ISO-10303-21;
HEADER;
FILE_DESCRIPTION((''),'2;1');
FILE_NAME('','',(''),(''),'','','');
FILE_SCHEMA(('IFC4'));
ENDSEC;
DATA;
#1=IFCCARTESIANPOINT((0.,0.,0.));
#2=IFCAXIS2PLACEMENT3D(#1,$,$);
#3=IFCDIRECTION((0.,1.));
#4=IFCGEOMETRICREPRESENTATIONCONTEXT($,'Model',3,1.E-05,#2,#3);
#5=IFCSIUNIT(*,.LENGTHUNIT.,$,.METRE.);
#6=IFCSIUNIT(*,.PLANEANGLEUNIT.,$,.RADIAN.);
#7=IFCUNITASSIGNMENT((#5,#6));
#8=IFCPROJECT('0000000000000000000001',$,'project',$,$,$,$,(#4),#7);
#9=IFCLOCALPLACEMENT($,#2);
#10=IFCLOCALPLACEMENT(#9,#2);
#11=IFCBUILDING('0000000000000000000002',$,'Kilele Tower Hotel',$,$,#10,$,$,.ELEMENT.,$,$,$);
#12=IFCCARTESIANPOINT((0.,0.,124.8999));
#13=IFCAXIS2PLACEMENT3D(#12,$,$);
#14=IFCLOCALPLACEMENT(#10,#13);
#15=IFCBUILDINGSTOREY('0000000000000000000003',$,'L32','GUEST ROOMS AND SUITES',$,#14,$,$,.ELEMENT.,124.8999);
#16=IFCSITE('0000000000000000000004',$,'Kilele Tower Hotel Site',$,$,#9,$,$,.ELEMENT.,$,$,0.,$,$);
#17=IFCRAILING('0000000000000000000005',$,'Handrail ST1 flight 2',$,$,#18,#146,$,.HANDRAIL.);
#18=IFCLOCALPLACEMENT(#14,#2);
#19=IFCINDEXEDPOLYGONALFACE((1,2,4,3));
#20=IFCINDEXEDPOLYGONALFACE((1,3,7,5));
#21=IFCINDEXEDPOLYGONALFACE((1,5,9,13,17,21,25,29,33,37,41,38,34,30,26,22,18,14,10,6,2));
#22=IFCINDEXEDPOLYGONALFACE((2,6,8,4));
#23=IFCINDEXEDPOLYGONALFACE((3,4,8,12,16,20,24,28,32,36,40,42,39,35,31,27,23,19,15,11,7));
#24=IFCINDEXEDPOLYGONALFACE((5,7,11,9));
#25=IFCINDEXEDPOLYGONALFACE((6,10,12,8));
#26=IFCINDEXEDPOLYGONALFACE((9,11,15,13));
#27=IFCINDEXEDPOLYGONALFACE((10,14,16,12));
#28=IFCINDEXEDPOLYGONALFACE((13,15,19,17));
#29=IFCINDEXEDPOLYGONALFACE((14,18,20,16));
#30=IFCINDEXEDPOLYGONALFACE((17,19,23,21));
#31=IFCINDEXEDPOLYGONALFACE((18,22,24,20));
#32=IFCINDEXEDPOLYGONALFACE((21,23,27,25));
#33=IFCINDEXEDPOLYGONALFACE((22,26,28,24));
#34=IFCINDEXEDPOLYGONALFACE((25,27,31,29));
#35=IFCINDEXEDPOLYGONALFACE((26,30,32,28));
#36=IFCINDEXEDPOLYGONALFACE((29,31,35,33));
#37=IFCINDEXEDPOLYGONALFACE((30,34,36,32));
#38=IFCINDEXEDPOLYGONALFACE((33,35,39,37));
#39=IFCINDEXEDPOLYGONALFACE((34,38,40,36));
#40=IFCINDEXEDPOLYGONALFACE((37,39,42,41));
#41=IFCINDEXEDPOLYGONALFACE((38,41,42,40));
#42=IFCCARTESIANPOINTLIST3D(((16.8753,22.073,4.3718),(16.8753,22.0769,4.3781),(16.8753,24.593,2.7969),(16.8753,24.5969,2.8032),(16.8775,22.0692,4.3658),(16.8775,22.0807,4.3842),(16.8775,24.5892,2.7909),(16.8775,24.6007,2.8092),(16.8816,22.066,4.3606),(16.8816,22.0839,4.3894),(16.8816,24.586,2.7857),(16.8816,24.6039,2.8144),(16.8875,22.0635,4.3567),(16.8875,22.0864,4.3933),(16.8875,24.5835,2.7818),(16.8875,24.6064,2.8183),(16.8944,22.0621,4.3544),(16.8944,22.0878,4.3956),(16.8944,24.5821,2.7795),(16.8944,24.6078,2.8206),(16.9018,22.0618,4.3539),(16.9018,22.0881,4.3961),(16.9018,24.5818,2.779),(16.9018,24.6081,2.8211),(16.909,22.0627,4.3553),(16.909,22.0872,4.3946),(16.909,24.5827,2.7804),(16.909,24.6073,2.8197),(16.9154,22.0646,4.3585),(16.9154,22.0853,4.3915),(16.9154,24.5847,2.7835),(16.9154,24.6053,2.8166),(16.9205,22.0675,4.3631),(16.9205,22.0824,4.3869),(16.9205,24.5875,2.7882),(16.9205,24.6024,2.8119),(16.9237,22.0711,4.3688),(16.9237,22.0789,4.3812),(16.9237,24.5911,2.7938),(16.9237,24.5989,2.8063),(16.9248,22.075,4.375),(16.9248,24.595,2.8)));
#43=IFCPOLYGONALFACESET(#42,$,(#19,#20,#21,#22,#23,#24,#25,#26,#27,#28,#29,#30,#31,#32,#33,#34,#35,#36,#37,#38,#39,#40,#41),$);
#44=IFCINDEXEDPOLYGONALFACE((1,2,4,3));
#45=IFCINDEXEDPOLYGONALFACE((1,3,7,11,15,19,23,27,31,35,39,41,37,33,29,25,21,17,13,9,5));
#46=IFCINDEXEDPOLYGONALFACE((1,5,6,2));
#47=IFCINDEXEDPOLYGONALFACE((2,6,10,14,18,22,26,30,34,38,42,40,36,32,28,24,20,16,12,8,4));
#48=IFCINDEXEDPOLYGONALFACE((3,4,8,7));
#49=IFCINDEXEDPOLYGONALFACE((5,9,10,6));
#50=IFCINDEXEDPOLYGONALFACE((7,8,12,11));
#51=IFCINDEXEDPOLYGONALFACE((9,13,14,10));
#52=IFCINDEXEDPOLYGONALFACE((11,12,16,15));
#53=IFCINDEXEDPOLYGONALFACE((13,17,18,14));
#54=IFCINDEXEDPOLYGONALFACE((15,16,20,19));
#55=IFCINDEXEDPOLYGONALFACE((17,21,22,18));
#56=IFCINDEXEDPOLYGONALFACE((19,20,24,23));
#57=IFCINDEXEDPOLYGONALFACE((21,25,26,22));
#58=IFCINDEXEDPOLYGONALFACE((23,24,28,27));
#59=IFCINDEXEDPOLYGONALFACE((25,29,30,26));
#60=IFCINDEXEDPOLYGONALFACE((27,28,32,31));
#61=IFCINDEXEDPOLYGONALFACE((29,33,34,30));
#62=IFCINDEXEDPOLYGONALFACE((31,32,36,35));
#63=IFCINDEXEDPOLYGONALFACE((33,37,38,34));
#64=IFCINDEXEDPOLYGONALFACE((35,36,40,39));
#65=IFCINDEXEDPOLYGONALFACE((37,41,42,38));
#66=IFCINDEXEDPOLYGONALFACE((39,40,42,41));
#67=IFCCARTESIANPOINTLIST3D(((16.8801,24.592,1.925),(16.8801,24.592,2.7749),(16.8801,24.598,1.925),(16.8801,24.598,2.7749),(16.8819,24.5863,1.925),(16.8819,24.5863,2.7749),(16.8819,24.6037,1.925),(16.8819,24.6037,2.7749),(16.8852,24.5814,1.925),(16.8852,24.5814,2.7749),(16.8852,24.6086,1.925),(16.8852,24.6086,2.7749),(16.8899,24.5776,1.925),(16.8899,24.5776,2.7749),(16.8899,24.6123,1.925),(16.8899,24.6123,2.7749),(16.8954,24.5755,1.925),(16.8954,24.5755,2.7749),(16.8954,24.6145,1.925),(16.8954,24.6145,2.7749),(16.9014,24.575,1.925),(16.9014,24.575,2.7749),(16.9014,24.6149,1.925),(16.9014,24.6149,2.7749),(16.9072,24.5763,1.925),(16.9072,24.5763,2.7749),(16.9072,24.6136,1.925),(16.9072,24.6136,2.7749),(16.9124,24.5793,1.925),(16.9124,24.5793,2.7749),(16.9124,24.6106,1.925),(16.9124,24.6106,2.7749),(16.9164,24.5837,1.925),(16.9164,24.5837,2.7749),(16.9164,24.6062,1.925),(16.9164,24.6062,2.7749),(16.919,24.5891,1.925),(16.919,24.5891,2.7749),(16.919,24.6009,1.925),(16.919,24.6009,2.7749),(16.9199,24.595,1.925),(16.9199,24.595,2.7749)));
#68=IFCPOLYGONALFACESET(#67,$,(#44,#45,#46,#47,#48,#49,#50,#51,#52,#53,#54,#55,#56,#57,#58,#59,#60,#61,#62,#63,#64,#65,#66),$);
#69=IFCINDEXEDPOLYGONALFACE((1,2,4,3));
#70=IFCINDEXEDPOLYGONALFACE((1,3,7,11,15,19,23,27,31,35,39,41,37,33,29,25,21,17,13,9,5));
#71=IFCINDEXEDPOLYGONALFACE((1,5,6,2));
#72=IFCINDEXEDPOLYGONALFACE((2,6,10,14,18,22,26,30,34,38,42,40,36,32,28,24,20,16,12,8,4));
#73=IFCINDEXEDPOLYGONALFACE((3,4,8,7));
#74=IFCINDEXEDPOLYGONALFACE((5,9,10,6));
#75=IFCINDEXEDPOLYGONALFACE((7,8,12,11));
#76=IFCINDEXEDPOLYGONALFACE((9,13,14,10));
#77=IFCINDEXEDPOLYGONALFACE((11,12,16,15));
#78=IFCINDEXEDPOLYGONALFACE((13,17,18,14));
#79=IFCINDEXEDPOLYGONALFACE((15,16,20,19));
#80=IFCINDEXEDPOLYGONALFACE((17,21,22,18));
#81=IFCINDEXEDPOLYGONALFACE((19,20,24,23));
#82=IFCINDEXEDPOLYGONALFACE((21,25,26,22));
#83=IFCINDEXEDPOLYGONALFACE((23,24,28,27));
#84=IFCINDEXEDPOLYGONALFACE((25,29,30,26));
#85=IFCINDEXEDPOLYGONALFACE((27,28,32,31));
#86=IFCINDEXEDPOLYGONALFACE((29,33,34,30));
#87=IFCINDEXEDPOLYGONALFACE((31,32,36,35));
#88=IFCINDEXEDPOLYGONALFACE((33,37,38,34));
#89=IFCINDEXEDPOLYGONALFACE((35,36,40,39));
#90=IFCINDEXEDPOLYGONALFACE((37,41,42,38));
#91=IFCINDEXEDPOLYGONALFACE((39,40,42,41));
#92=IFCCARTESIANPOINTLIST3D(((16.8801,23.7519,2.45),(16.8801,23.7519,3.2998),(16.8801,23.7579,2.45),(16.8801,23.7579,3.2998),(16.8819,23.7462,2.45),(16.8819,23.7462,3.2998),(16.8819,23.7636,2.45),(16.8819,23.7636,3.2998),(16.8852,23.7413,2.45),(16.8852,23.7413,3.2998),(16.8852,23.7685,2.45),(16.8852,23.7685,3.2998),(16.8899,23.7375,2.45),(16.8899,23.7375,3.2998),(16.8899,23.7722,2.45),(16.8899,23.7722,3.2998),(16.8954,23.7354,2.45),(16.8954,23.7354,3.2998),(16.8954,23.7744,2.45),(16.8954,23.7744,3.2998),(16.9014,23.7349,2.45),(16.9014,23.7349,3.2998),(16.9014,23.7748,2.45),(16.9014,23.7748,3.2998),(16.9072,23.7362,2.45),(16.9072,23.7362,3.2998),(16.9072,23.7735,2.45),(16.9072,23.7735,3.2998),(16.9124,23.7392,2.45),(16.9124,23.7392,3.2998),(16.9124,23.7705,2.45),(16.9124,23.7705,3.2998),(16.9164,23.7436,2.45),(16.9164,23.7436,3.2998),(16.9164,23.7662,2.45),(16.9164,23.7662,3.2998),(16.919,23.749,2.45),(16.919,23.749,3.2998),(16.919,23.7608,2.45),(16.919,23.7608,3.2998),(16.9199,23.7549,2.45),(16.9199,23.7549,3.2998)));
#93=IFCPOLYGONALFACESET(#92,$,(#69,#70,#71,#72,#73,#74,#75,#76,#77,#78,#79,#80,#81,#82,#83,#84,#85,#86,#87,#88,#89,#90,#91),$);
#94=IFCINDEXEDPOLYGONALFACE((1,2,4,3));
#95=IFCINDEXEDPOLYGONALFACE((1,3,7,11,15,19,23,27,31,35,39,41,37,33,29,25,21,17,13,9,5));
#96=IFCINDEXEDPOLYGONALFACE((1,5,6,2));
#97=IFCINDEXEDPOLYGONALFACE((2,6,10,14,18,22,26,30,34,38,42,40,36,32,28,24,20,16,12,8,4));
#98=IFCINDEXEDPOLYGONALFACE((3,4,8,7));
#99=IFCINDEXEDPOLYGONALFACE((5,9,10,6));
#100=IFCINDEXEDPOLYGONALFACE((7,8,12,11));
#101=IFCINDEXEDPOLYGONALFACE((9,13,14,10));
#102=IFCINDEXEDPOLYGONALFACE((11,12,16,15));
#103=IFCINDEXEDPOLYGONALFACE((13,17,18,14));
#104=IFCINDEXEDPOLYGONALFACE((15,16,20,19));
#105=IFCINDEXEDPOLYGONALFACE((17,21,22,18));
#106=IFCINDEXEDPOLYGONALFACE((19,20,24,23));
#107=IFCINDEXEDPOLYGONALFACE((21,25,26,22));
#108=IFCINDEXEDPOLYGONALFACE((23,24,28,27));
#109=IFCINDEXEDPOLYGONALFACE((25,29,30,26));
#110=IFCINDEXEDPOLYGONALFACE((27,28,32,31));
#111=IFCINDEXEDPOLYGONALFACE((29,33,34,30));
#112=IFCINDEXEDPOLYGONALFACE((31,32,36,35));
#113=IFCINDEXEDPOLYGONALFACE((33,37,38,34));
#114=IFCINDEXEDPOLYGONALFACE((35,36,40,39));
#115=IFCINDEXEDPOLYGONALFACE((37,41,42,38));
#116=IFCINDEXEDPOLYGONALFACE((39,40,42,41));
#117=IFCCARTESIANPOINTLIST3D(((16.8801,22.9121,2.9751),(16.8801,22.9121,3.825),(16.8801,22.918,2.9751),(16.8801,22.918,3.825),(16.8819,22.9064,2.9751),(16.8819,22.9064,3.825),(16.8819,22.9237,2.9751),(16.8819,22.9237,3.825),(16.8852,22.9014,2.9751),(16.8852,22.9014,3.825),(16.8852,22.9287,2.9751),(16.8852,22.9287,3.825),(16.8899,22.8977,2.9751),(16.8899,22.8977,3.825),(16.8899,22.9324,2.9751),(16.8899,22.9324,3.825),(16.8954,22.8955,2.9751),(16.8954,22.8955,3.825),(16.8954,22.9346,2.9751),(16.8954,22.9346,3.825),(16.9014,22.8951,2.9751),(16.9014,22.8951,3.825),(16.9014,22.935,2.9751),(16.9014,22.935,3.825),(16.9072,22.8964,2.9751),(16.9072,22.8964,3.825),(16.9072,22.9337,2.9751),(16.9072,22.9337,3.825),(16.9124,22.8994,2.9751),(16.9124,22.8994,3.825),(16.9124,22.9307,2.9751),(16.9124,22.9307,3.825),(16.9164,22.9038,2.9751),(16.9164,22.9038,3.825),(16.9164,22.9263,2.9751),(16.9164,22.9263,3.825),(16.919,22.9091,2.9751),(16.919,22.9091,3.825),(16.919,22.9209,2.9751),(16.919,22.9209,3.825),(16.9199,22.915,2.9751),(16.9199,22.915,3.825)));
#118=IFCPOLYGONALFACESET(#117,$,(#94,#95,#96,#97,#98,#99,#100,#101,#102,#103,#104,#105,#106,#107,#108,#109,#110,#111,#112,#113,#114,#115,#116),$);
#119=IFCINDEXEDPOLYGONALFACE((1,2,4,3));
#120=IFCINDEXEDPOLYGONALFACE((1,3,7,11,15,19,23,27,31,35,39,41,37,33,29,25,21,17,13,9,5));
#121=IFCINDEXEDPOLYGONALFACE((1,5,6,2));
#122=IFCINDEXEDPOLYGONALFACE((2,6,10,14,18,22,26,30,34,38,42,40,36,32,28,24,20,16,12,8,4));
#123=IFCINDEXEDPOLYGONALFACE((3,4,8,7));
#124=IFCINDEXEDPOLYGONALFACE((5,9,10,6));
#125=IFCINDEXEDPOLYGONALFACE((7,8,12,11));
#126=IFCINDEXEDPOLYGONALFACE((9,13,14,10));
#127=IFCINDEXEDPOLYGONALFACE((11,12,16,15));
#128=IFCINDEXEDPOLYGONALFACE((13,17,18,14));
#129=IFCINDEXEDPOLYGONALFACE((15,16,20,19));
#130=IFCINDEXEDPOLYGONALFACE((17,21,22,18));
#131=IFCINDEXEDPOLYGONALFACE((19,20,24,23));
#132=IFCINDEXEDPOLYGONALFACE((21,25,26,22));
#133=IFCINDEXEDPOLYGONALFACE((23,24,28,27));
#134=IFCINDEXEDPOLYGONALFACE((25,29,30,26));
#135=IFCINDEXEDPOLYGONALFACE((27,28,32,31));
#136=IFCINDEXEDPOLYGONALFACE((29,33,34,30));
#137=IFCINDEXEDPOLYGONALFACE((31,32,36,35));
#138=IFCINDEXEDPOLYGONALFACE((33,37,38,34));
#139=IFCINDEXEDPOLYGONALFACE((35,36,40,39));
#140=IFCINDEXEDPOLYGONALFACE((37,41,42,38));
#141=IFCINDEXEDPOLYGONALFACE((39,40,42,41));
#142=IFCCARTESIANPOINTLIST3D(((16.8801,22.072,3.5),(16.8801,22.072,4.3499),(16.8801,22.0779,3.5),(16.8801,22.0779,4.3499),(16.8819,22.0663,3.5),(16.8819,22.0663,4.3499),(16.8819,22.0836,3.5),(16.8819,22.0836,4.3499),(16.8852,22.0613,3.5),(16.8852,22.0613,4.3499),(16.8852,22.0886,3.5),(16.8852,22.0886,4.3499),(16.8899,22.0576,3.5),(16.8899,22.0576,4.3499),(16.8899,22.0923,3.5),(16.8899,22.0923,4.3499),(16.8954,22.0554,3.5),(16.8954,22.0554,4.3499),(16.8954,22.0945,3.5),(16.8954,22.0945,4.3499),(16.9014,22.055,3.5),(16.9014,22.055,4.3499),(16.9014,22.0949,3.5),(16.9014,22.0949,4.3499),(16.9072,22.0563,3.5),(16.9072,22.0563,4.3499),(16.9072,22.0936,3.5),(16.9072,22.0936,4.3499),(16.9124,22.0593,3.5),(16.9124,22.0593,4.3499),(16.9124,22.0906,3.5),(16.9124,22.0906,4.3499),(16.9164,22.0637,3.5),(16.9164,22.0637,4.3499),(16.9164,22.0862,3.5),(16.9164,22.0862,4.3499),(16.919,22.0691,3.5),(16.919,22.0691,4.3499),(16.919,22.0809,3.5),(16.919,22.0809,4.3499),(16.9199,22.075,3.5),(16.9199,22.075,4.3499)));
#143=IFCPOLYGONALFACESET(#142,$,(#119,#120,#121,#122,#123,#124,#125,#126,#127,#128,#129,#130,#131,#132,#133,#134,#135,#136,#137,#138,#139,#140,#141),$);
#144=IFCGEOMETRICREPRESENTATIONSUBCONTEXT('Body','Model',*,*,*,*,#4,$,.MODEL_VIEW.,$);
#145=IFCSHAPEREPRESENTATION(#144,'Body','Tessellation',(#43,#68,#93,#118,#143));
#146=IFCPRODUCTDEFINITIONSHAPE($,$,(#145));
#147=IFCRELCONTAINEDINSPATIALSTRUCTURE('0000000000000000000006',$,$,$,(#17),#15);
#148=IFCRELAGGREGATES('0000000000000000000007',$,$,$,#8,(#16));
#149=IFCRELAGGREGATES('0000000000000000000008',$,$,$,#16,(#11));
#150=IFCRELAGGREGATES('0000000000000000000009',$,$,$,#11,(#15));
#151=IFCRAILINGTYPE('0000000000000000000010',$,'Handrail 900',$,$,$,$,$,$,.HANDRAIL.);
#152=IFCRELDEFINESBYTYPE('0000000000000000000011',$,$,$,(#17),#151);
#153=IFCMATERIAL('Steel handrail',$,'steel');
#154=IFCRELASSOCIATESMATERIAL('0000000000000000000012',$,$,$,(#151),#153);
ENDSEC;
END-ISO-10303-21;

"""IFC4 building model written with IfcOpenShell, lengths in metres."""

from ifc_helpers import new_model, si_unit, direction, frame, origin, origin_2d, place, context, subcontext, project, spatial, circle, extrude, material, type_object, element, save


model = new_model("IFC4")

# Units and contexts
model_context = context("Model", 3, precision=1e-05, world=origin(), true_north=direction((0.0, 1.0)))
body_context = subcontext(model_context, "Body", "Model", "MODEL_VIEW")
ifc_project = project(units=[si_unit("LENGTHUNIT", "METRE"), si_unit("PLANEANGLEUNIT", "RADIAN")], contexts=[model_context])

# Site, building, storey
site_placement = place(None, origin())
site = spatial("IfcSite", under=ifc_project, at=site_placement, Name="Kilele Tower Hotel Site", CompositionType="ELEMENT", RefElevation=0.0)
building_placement = place(site_placement, origin())
building = spatial("IfcBuilding", under=site, at=building_placement, Name="Kilele Tower Hotel", CompositionType="ELEMENT")
storey_placement = place(building_placement, frame((0.0, 0.0, 124.8999)))
storey = spatial("IfcBuildingStorey", under=building, at=storey_placement, Name="L32", Description="GUEST ROOMS AND SUITES", CompositionType="ELEMENT", Elevation=124.8999)

# Railing
ifc_material_1 = material(Name="Steel handrail", Category="steel")
railing_type_1 = type_object("IfcRailingType", Name="Handrail 900", PredefinedType="HANDRAIL", material=ifc_material_1)
for number, where, name in (
    (1, (16.8999, 24.595, 1.925), "Handrail ST1 flight 2"),
):
    element("IfcRailing", number, at=place(storey_placement, frame(where)), inside=storey, type_object=railing_type_1, Name=name, PredefinedType="HANDRAIL", context=body_context, shape_type="SweptSolid", body=[
        extrude(circle(Radius=0.0249, at=origin_2d()), frame((0.0, 0.0, 0.875), z_axis=(0.0, -0.848008, 0.529984), x_axis=(1.0, 0.0, 0.0)), (0.0, 0.0, 1.0), 2.9717),
        extrude(circle(Radius=0.02, at=origin_2d()), origin(), (0.0, 0.0, 1.0), 0.8499),
        extrude(circle(Radius=0.02, at=origin_2d()), frame((0.0, -0.8401, 0.5249)), (0.0, 0.0, 1.0), 0.8499),
        extrude(circle(Radius=0.02, at=origin_2d()), frame((0.0, -1.6799, 1.05)), (0.0, 0.0, 1.0), 0.8499),
        extrude(circle(Radius=0.02, at=origin_2d()), frame((0.0, -2.52, 1.575)), (0.0, 0.0, 1.0), 0.8499),
    ])

save(model, "model.ifc")
